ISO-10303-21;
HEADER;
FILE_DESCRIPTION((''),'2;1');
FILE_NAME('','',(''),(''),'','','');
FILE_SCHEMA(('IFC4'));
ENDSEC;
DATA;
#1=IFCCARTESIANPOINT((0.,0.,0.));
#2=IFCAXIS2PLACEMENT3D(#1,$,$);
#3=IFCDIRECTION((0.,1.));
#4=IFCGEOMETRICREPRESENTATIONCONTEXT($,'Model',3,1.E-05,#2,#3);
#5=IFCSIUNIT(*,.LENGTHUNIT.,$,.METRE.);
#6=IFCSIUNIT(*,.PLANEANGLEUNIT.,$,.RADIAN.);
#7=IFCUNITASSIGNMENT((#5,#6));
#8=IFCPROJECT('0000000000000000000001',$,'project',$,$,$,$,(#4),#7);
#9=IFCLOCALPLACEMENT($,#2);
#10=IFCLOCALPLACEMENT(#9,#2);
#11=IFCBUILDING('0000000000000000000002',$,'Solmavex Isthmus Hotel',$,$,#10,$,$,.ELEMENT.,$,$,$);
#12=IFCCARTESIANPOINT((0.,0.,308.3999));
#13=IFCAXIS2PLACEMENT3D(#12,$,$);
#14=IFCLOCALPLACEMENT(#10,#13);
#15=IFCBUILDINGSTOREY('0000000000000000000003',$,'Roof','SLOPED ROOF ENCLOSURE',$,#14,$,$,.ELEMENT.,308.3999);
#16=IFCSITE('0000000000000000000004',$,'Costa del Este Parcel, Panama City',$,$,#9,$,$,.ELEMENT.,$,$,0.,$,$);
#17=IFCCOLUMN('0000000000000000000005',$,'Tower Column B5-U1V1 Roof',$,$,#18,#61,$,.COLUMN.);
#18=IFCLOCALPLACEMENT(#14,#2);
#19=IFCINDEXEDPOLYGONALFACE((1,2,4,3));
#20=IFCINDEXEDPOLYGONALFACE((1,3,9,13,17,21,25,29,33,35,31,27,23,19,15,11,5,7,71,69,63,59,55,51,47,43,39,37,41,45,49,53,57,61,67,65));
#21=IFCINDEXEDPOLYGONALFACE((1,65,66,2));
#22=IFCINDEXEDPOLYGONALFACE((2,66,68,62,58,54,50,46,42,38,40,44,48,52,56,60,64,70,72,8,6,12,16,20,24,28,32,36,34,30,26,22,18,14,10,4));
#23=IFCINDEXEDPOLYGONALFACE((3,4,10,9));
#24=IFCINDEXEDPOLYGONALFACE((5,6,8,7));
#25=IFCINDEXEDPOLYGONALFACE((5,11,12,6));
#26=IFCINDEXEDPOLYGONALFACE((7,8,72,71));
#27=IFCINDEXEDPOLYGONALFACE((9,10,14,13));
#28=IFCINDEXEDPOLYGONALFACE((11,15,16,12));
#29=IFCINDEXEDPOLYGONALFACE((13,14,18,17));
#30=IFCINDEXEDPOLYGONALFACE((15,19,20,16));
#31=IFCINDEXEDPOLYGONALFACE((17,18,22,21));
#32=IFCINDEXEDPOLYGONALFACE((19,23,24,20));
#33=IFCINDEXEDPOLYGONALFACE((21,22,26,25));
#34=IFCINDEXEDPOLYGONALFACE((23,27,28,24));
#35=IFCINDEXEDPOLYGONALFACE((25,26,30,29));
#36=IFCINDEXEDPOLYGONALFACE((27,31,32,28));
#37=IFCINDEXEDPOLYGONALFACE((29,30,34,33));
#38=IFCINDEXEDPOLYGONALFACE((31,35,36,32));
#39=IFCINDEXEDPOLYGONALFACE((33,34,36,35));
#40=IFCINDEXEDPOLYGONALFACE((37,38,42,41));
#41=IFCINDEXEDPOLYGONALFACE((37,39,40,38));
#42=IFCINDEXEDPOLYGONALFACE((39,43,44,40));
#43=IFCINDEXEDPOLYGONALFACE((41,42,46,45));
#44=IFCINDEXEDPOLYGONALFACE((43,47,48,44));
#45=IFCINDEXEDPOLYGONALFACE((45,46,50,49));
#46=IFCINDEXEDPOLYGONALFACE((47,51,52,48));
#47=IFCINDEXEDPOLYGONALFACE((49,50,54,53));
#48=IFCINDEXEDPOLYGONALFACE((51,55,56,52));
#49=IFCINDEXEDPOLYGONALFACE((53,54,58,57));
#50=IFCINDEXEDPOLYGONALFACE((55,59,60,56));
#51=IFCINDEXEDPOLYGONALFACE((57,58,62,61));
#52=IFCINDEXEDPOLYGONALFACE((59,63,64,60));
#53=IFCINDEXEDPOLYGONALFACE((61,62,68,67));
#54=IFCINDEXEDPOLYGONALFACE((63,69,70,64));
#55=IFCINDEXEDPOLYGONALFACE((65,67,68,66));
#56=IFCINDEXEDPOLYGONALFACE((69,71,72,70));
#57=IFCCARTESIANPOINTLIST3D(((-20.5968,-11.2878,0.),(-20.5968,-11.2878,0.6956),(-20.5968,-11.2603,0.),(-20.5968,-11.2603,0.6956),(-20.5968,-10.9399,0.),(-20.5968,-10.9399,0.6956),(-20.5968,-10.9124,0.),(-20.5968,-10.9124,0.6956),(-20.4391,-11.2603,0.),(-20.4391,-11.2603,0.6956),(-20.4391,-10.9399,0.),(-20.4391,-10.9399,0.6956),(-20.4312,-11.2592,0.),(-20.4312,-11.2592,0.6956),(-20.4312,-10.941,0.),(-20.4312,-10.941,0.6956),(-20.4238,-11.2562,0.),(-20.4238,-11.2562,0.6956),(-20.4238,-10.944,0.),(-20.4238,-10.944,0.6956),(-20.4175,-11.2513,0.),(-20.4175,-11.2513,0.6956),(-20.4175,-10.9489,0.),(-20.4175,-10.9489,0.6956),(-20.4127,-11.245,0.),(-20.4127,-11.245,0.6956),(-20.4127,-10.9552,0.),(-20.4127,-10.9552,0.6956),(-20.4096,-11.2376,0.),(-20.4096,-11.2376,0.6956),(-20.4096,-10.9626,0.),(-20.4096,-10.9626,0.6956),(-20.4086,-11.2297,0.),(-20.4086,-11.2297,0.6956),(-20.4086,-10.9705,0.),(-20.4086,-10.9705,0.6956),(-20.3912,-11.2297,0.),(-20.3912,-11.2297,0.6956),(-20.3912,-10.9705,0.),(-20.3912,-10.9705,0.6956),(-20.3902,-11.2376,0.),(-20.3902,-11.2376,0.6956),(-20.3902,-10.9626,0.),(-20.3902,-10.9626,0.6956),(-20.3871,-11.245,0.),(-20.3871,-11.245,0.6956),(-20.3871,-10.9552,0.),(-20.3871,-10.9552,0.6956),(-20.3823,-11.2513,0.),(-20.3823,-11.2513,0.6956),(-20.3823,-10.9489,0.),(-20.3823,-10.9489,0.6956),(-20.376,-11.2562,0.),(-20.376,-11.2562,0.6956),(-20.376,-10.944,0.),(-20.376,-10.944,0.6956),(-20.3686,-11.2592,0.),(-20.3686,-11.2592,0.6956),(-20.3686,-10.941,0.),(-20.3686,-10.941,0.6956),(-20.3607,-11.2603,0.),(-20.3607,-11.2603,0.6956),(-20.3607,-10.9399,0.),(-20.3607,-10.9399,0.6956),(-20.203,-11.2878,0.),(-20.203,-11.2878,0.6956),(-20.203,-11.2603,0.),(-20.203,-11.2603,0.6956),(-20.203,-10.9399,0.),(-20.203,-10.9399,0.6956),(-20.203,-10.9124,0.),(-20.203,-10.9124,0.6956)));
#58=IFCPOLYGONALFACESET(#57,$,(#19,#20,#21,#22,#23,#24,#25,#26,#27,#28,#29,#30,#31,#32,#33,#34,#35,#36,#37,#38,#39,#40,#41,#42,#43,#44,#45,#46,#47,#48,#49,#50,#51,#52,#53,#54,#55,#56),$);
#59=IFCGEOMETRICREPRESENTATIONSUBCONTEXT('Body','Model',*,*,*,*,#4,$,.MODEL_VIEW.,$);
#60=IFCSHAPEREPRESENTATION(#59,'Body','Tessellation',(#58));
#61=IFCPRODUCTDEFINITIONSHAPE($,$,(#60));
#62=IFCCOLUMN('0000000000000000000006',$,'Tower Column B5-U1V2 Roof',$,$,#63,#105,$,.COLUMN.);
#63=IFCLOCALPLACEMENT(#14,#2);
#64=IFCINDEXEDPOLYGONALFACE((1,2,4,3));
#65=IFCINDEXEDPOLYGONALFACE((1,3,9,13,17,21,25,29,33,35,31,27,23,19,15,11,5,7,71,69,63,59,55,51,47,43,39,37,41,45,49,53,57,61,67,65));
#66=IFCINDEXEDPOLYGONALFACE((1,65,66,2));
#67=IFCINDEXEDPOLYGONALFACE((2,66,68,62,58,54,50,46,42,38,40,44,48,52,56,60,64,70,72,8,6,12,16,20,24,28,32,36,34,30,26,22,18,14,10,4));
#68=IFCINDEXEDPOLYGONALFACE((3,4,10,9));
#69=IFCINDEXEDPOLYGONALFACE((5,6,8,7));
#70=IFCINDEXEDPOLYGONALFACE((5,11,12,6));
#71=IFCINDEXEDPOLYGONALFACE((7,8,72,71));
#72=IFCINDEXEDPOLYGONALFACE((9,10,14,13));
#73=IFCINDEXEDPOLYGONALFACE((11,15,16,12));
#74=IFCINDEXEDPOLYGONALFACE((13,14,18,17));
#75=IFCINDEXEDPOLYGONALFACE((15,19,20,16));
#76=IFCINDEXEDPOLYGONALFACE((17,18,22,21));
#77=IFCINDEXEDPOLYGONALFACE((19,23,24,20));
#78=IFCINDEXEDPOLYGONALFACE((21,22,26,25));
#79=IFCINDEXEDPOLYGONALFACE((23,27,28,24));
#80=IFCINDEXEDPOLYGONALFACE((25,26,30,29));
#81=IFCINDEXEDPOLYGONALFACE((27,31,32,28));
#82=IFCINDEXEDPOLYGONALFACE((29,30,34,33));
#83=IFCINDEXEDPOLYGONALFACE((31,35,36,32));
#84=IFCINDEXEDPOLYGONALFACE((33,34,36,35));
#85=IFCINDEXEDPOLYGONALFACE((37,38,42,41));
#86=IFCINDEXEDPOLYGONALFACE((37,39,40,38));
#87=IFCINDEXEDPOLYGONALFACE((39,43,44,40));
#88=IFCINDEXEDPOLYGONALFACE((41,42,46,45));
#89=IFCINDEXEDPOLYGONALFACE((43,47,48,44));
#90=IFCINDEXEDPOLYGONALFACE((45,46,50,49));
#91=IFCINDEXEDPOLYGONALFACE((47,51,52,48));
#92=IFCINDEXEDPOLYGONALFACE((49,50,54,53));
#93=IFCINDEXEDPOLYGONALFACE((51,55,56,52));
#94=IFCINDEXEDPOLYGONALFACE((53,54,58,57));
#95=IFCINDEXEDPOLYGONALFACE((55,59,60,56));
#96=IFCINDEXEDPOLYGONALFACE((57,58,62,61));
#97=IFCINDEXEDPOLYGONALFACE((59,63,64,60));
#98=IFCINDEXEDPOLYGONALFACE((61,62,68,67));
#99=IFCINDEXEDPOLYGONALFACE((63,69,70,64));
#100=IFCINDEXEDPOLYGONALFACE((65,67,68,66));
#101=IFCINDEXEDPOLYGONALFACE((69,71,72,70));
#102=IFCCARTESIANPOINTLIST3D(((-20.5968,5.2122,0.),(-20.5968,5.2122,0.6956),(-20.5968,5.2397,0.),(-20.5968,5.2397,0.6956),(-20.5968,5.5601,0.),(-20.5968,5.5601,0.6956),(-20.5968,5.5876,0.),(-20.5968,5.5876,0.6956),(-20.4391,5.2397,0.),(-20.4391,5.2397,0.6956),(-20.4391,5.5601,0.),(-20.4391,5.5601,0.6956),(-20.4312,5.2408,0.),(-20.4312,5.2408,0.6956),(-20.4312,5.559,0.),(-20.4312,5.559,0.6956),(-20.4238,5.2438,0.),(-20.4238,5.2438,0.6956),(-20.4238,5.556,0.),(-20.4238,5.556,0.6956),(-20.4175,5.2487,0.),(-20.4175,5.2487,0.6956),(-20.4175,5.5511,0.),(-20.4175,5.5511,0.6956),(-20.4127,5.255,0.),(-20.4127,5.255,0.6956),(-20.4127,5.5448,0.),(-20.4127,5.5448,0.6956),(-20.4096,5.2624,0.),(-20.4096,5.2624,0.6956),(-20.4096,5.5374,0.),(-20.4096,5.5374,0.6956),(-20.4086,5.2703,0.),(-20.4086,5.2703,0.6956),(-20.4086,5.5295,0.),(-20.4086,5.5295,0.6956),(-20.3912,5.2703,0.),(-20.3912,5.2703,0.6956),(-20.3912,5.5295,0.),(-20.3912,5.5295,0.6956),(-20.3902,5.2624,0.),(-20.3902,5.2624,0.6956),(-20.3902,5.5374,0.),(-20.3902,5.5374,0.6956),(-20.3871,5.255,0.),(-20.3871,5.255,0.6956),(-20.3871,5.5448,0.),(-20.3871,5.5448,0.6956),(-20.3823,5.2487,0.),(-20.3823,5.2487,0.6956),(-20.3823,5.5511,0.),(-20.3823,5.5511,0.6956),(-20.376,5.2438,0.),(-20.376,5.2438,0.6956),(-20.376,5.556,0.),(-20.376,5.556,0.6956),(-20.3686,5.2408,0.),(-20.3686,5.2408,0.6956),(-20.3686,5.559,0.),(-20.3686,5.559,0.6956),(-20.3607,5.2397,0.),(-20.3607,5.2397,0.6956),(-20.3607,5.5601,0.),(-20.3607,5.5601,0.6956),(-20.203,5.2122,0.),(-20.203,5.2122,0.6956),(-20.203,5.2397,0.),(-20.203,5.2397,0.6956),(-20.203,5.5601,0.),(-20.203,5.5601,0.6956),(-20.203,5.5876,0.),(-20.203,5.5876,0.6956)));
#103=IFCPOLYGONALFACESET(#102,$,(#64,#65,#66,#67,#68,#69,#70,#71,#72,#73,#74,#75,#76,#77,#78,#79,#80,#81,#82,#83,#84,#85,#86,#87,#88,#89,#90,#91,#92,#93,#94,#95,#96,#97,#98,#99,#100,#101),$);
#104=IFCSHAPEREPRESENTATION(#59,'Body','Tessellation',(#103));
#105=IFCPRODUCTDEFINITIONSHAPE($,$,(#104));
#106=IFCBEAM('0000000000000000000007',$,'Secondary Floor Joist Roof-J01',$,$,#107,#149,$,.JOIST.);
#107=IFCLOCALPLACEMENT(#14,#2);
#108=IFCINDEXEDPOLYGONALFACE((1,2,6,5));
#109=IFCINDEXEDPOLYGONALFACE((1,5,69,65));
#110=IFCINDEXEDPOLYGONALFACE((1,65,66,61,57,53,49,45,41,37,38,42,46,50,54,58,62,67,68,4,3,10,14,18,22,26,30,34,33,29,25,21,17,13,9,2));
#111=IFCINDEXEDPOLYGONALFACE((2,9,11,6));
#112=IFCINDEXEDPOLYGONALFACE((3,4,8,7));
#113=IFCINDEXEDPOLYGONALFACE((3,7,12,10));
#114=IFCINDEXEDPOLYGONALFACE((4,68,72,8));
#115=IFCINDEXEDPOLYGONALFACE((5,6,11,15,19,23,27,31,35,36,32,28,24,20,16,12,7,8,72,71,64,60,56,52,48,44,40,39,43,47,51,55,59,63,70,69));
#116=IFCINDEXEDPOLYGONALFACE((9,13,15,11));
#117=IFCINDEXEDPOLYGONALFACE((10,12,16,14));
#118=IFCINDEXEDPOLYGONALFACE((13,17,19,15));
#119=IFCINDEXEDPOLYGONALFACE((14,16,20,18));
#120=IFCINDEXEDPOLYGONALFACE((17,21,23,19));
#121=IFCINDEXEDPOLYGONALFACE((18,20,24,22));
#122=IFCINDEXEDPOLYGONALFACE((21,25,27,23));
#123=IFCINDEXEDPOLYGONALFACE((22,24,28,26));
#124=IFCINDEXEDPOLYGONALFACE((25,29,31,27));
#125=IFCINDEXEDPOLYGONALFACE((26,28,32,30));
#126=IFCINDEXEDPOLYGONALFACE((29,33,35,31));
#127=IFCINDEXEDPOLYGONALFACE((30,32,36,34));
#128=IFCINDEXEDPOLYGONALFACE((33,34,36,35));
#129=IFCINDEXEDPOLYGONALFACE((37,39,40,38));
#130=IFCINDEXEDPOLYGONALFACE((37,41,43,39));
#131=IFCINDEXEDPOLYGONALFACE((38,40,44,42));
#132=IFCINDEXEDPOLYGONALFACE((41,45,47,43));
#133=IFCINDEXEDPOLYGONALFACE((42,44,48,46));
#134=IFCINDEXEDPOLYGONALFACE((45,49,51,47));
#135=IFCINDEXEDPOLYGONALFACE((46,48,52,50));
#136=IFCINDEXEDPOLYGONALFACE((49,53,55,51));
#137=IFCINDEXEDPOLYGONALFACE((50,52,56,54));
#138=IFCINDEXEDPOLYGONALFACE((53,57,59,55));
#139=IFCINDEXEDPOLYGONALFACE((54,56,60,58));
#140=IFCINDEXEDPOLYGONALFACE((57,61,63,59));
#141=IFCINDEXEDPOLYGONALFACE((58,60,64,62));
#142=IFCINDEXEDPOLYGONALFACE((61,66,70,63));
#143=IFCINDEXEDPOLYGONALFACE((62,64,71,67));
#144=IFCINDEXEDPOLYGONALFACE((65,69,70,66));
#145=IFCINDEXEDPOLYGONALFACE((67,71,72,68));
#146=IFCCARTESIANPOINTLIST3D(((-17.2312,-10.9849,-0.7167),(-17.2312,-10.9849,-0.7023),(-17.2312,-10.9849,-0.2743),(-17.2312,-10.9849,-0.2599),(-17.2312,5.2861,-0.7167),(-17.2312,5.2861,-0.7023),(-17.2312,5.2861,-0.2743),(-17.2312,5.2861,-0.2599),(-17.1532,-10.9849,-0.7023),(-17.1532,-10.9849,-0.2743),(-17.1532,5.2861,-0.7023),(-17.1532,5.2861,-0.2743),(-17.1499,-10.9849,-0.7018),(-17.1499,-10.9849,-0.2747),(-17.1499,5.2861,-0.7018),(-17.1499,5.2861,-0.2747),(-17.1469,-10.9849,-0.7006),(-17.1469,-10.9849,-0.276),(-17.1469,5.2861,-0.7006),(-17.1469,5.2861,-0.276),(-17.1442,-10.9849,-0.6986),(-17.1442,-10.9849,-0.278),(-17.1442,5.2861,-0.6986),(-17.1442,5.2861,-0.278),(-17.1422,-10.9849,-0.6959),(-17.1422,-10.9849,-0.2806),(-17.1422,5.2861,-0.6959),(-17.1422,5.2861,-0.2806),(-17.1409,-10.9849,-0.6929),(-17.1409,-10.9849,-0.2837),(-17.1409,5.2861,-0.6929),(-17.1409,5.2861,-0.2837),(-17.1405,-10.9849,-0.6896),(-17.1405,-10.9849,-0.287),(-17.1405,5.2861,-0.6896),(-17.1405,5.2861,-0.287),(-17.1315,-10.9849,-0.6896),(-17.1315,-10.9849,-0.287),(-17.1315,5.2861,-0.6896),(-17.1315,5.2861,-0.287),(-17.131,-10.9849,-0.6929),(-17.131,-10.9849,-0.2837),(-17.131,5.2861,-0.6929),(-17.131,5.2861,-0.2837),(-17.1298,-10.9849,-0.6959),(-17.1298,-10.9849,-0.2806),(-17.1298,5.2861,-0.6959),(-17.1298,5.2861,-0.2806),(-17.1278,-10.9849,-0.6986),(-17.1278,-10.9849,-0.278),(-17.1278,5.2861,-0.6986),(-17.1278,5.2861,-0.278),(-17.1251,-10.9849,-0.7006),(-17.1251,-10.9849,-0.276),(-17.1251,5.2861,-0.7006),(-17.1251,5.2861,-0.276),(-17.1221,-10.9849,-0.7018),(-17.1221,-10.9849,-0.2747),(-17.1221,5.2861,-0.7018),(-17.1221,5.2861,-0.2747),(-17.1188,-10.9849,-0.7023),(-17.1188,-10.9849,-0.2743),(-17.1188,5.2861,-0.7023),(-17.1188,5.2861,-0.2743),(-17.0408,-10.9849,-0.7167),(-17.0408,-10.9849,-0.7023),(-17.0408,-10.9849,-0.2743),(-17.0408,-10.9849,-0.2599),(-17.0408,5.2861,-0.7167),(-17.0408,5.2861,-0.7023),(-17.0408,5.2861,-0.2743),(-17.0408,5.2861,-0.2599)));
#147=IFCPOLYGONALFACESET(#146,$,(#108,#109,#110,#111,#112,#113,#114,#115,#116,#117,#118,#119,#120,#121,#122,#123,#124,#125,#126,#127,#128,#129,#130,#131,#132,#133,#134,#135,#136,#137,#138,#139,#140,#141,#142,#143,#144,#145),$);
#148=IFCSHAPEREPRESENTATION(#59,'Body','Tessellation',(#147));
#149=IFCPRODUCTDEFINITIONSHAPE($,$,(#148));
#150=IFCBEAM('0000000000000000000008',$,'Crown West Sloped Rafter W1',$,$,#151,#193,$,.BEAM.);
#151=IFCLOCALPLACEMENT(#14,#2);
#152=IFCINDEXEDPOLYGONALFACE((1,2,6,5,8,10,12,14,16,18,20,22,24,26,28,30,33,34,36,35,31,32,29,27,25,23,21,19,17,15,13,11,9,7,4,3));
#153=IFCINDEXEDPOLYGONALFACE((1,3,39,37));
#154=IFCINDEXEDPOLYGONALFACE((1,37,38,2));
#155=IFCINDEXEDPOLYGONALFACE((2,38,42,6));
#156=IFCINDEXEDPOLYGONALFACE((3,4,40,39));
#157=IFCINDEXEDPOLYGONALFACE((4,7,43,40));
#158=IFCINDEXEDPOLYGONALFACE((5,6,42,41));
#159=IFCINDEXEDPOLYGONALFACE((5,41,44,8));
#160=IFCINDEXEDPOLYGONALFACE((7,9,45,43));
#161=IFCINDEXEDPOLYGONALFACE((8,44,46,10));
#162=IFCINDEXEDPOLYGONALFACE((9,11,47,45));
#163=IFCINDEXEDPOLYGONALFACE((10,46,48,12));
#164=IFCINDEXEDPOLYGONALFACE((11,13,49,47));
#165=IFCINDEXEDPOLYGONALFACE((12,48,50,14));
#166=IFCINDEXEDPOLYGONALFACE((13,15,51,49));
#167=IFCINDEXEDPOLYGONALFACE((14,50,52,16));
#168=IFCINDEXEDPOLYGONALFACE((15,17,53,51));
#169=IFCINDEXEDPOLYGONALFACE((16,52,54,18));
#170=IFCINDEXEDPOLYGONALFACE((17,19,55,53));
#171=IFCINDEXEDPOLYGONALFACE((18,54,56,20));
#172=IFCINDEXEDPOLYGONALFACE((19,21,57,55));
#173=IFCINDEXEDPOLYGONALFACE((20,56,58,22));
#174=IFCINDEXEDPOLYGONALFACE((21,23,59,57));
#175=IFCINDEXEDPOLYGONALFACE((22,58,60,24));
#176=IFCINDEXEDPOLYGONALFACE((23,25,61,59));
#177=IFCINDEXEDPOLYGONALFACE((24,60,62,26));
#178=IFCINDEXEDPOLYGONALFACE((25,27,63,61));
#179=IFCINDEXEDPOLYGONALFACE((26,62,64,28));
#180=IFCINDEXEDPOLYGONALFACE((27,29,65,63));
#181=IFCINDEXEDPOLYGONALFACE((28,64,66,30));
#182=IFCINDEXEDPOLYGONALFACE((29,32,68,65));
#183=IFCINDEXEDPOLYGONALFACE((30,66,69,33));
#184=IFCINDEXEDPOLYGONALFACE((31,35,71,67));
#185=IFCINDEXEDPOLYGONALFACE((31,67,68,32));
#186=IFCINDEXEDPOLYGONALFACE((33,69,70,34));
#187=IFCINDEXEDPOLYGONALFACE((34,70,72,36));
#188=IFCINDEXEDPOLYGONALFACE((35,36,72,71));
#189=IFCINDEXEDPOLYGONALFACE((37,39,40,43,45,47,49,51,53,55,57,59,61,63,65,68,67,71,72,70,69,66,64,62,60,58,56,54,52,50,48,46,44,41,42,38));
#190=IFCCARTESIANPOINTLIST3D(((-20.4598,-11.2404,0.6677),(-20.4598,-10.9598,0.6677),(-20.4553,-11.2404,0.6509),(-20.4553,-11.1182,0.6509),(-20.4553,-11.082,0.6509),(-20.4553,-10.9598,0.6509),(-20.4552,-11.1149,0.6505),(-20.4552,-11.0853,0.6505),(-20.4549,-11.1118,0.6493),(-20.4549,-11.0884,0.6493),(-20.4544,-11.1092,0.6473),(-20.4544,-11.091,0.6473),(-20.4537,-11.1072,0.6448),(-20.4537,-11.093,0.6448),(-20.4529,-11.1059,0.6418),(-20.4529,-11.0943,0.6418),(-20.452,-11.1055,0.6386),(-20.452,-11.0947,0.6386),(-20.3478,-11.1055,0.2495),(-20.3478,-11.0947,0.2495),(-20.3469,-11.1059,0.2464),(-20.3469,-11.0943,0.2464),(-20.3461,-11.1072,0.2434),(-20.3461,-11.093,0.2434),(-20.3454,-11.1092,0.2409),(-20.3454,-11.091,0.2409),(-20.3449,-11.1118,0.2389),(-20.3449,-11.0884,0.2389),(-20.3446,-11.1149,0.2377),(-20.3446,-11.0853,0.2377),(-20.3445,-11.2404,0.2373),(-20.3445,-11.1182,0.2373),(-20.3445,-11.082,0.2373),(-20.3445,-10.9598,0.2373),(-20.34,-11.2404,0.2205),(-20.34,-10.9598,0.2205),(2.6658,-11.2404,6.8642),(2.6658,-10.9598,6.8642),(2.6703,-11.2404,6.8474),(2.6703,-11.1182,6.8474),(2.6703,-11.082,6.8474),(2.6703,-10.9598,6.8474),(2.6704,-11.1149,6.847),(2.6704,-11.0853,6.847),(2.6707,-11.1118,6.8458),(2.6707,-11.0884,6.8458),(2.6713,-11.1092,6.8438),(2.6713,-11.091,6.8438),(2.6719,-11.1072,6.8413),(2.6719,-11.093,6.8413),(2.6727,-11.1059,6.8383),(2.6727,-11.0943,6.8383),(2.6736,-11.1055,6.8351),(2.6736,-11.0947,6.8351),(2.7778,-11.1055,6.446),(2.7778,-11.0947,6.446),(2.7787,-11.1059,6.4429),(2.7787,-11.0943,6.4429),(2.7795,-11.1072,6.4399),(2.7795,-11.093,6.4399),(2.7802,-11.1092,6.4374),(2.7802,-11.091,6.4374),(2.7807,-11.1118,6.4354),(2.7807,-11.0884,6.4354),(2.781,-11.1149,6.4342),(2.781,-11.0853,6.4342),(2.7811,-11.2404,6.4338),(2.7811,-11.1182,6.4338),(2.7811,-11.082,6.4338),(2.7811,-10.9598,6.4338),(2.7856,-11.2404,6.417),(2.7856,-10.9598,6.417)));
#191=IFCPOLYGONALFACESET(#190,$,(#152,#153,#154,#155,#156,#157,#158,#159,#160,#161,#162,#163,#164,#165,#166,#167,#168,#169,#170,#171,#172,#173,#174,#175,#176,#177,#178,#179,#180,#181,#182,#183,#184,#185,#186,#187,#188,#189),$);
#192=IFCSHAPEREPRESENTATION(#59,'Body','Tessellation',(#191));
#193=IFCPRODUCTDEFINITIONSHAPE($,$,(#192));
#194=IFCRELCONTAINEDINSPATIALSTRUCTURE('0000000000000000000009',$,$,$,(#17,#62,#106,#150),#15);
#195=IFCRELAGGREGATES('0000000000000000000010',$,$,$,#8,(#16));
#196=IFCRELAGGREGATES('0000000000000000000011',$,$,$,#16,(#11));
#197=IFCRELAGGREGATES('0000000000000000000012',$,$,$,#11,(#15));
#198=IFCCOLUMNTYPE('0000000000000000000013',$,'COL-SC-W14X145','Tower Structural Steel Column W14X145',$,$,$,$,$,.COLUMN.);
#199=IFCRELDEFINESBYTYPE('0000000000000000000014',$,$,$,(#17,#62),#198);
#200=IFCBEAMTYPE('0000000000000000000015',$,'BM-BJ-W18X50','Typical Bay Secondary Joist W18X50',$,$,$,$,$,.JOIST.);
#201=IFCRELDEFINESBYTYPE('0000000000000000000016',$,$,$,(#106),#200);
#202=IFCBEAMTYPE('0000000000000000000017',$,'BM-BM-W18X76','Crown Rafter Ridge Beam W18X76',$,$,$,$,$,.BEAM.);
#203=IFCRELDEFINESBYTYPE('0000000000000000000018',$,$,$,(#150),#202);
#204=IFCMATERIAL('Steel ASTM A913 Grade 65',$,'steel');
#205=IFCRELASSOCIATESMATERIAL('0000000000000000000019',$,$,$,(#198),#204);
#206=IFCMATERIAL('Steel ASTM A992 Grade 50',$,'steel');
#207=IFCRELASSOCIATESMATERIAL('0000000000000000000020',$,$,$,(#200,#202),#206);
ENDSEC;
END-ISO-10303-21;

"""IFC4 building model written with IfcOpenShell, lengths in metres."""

from ifc_helpers import new_model, si_unit, direction, frame, origin, origin_2d, place, context, subcontext, project, spatial, i_section, extrude, material, material_profile, profile_set, type_object, element, save


model = new_model("IFC4")

# Units and contexts
model_context = context("Model", 3, precision=1e-05, world=origin(), true_north=direction((0.0, 1.0)))
body_context = subcontext(model_context, "Body", "Model", "MODEL_VIEW")
ifc_project = project(units=[si_unit("LENGTHUNIT", "METRE"), si_unit("PLANEANGLEUNIT", "RADIAN")], contexts=[model_context])

# Site, building, storey
site_placement = place(None, origin())
site = spatial("IfcSite", under=ifc_project, at=site_placement, Name="Costa del Este Parcel, Panama City", CompositionType="ELEMENT", RefElevation=0.0)
building_placement = place(site_placement, origin())
building = spatial("IfcBuilding", under=site, at=building_placement, Name="Solmavex Isthmus Hotel", CompositionType="ELEMENT")
storey_placement = place(building_placement, frame((0.0, 0.0, 308.3999)))
storey = spatial("IfcBuildingStorey", under=building, at=storey_placement, Name="Roof", Description="SLOPED ROOF ENCLOSURE", CompositionType="ELEMENT", Elevation=308.3999)

# Columns
ifc_material_1 = material(Name="Steel ASTM A913 Grade 65", Category="steel")
ifc_material_profile_1 = material_profile(ifc_material_1, i_section(OverallWidth=0.3938, OverallDepth=0.3755, WebThickness=0.0173, FlangeThickness=0.0276, FilletRadius=0.0305, at=origin_2d()), Name="W14X145")
ifc_profile_set_1 = profile_set([ifc_material_profile_1], Name="Steel ASTM A913 Grade 65")
column_type = type_object("IfcColumnType", Name="COL-SC-W14X145", Description="Tower Structural Steel Column W14X145", PredefinedType="COLUMN", material=ifc_profile_set_1)
for number, where, z_axis, x_axis, name in (
    (1, (-20.3999, -11.1001, 0.0), (0.0, 0.0, 1.0), (1.0, 0.0, 0.0), "Tower Column B5-U1V1 Roof"),
    (2, (-20.3999, 5.3999, 0.0), (0.0, 0.0, 1.0), (1.0, 0.0, 0.0), "Tower Column B5-U1V2 Roof"),
):
    element("IfcColumn", number, at=place(storey_placement, frame(where, z_axis=z_axis, x_axis=x_axis)), inside=storey, type_object=column_type, Name=name, PredefinedType="COLUMN", context=body_context, shape_type="SweptSolid", body=[
        extrude(i_section(OverallWidth=0.3938, OverallDepth=0.3755, WebThickness=0.0173, FlangeThickness=0.0276, FilletRadius=0.0305, at=origin_2d()), origin(), (0.0, 0.0, 1.0), 0.6956),
    ])

# Beams
ifc_material_2 = material(Name="Steel ASTM A992 Grade 50", Category="steel")
ifc_material_profile_2 = material_profile(ifc_material_2, i_section(OverallWidth=0.1904, OverallDepth=0.4568, WebThickness=0.009, FlangeThickness=0.0144, FilletRadius=0.0127, at=origin_2d()), Name="W18X50")
ifc_profile_set_2 = profile_set([ifc_material_profile_2], Name="Steel ASTM A992 Grade 50")
beam_type_1 = type_object("IfcBeamType", Name="BM-BJ-W18X50", Description="Typical Bay Secondary Joist W18X50", PredefinedType="JOIST", material=ifc_profile_set_2)
beam_1_placement = place(storey_placement, frame((-17.136, -10.9849, -0.4883), z_axis=(0.0, 1.0, 0.0), x_axis=(-1.0, 0.0, 0.0)))
element("IfcBeam", 3, at=beam_1_placement, inside=storey, type_object=beam_type_1, Name="Secondary Floor Joist Roof-J01", PredefinedType="JOIST", context=body_context, shape_type="SweptSolid", body=[
    extrude(i_section(OverallWidth=0.1904, OverallDepth=0.4568, WebThickness=0.009, FlangeThickness=0.0144, FilletRadius=0.0127, at=origin_2d()), origin(), (0.0, 0.0, 1.0), 16.271),
])
ifc_material_profile_3 = material_profile(ifc_material_2, i_section(OverallWidth=0.2805, OverallDepth=0.4629, WebThickness=0.0107, FlangeThickness=0.0173, FilletRadius=0.0127, at=origin_2d()), Name="W18X76")
ifc_profile_set_3 = profile_set([ifc_material_profile_3], Name="Steel ASTM A992 Grade 50")
beam_type_2 = type_object("IfcBeamType", Name="BM-BM-W18X76", Description="Crown Rafter Ridge Beam W18X76", PredefinedType="BEAM", material=ifc_profile_set_3)
for number, where, z_axis, x_axis, name in (
    (4, (-20.3999, -11.1001, 0.4441), (0.965926, 0.0, 0.25882), (0.0, 1.0, 0.0), "Crown West Sloped Rafter W1"),
):
    element("IfcBeam", number, at=place(storey_placement, frame(where, z_axis=z_axis, x_axis=x_axis)), inside=storey, type_object=beam_type_2, Name=name, PredefinedType="BEAM", context=body_context, shape_type="SweptSolid", body=[
        extrude(i_section(OverallWidth=0.2805, OverallDepth=0.4629, WebThickness=0.0107, FlangeThickness=0.0173, FilletRadius=0.0127, at=origin_2d()), origin(), (0.0, 0.0, 1.0), 23.9414),
    ])

save(model, "model.ifc")
